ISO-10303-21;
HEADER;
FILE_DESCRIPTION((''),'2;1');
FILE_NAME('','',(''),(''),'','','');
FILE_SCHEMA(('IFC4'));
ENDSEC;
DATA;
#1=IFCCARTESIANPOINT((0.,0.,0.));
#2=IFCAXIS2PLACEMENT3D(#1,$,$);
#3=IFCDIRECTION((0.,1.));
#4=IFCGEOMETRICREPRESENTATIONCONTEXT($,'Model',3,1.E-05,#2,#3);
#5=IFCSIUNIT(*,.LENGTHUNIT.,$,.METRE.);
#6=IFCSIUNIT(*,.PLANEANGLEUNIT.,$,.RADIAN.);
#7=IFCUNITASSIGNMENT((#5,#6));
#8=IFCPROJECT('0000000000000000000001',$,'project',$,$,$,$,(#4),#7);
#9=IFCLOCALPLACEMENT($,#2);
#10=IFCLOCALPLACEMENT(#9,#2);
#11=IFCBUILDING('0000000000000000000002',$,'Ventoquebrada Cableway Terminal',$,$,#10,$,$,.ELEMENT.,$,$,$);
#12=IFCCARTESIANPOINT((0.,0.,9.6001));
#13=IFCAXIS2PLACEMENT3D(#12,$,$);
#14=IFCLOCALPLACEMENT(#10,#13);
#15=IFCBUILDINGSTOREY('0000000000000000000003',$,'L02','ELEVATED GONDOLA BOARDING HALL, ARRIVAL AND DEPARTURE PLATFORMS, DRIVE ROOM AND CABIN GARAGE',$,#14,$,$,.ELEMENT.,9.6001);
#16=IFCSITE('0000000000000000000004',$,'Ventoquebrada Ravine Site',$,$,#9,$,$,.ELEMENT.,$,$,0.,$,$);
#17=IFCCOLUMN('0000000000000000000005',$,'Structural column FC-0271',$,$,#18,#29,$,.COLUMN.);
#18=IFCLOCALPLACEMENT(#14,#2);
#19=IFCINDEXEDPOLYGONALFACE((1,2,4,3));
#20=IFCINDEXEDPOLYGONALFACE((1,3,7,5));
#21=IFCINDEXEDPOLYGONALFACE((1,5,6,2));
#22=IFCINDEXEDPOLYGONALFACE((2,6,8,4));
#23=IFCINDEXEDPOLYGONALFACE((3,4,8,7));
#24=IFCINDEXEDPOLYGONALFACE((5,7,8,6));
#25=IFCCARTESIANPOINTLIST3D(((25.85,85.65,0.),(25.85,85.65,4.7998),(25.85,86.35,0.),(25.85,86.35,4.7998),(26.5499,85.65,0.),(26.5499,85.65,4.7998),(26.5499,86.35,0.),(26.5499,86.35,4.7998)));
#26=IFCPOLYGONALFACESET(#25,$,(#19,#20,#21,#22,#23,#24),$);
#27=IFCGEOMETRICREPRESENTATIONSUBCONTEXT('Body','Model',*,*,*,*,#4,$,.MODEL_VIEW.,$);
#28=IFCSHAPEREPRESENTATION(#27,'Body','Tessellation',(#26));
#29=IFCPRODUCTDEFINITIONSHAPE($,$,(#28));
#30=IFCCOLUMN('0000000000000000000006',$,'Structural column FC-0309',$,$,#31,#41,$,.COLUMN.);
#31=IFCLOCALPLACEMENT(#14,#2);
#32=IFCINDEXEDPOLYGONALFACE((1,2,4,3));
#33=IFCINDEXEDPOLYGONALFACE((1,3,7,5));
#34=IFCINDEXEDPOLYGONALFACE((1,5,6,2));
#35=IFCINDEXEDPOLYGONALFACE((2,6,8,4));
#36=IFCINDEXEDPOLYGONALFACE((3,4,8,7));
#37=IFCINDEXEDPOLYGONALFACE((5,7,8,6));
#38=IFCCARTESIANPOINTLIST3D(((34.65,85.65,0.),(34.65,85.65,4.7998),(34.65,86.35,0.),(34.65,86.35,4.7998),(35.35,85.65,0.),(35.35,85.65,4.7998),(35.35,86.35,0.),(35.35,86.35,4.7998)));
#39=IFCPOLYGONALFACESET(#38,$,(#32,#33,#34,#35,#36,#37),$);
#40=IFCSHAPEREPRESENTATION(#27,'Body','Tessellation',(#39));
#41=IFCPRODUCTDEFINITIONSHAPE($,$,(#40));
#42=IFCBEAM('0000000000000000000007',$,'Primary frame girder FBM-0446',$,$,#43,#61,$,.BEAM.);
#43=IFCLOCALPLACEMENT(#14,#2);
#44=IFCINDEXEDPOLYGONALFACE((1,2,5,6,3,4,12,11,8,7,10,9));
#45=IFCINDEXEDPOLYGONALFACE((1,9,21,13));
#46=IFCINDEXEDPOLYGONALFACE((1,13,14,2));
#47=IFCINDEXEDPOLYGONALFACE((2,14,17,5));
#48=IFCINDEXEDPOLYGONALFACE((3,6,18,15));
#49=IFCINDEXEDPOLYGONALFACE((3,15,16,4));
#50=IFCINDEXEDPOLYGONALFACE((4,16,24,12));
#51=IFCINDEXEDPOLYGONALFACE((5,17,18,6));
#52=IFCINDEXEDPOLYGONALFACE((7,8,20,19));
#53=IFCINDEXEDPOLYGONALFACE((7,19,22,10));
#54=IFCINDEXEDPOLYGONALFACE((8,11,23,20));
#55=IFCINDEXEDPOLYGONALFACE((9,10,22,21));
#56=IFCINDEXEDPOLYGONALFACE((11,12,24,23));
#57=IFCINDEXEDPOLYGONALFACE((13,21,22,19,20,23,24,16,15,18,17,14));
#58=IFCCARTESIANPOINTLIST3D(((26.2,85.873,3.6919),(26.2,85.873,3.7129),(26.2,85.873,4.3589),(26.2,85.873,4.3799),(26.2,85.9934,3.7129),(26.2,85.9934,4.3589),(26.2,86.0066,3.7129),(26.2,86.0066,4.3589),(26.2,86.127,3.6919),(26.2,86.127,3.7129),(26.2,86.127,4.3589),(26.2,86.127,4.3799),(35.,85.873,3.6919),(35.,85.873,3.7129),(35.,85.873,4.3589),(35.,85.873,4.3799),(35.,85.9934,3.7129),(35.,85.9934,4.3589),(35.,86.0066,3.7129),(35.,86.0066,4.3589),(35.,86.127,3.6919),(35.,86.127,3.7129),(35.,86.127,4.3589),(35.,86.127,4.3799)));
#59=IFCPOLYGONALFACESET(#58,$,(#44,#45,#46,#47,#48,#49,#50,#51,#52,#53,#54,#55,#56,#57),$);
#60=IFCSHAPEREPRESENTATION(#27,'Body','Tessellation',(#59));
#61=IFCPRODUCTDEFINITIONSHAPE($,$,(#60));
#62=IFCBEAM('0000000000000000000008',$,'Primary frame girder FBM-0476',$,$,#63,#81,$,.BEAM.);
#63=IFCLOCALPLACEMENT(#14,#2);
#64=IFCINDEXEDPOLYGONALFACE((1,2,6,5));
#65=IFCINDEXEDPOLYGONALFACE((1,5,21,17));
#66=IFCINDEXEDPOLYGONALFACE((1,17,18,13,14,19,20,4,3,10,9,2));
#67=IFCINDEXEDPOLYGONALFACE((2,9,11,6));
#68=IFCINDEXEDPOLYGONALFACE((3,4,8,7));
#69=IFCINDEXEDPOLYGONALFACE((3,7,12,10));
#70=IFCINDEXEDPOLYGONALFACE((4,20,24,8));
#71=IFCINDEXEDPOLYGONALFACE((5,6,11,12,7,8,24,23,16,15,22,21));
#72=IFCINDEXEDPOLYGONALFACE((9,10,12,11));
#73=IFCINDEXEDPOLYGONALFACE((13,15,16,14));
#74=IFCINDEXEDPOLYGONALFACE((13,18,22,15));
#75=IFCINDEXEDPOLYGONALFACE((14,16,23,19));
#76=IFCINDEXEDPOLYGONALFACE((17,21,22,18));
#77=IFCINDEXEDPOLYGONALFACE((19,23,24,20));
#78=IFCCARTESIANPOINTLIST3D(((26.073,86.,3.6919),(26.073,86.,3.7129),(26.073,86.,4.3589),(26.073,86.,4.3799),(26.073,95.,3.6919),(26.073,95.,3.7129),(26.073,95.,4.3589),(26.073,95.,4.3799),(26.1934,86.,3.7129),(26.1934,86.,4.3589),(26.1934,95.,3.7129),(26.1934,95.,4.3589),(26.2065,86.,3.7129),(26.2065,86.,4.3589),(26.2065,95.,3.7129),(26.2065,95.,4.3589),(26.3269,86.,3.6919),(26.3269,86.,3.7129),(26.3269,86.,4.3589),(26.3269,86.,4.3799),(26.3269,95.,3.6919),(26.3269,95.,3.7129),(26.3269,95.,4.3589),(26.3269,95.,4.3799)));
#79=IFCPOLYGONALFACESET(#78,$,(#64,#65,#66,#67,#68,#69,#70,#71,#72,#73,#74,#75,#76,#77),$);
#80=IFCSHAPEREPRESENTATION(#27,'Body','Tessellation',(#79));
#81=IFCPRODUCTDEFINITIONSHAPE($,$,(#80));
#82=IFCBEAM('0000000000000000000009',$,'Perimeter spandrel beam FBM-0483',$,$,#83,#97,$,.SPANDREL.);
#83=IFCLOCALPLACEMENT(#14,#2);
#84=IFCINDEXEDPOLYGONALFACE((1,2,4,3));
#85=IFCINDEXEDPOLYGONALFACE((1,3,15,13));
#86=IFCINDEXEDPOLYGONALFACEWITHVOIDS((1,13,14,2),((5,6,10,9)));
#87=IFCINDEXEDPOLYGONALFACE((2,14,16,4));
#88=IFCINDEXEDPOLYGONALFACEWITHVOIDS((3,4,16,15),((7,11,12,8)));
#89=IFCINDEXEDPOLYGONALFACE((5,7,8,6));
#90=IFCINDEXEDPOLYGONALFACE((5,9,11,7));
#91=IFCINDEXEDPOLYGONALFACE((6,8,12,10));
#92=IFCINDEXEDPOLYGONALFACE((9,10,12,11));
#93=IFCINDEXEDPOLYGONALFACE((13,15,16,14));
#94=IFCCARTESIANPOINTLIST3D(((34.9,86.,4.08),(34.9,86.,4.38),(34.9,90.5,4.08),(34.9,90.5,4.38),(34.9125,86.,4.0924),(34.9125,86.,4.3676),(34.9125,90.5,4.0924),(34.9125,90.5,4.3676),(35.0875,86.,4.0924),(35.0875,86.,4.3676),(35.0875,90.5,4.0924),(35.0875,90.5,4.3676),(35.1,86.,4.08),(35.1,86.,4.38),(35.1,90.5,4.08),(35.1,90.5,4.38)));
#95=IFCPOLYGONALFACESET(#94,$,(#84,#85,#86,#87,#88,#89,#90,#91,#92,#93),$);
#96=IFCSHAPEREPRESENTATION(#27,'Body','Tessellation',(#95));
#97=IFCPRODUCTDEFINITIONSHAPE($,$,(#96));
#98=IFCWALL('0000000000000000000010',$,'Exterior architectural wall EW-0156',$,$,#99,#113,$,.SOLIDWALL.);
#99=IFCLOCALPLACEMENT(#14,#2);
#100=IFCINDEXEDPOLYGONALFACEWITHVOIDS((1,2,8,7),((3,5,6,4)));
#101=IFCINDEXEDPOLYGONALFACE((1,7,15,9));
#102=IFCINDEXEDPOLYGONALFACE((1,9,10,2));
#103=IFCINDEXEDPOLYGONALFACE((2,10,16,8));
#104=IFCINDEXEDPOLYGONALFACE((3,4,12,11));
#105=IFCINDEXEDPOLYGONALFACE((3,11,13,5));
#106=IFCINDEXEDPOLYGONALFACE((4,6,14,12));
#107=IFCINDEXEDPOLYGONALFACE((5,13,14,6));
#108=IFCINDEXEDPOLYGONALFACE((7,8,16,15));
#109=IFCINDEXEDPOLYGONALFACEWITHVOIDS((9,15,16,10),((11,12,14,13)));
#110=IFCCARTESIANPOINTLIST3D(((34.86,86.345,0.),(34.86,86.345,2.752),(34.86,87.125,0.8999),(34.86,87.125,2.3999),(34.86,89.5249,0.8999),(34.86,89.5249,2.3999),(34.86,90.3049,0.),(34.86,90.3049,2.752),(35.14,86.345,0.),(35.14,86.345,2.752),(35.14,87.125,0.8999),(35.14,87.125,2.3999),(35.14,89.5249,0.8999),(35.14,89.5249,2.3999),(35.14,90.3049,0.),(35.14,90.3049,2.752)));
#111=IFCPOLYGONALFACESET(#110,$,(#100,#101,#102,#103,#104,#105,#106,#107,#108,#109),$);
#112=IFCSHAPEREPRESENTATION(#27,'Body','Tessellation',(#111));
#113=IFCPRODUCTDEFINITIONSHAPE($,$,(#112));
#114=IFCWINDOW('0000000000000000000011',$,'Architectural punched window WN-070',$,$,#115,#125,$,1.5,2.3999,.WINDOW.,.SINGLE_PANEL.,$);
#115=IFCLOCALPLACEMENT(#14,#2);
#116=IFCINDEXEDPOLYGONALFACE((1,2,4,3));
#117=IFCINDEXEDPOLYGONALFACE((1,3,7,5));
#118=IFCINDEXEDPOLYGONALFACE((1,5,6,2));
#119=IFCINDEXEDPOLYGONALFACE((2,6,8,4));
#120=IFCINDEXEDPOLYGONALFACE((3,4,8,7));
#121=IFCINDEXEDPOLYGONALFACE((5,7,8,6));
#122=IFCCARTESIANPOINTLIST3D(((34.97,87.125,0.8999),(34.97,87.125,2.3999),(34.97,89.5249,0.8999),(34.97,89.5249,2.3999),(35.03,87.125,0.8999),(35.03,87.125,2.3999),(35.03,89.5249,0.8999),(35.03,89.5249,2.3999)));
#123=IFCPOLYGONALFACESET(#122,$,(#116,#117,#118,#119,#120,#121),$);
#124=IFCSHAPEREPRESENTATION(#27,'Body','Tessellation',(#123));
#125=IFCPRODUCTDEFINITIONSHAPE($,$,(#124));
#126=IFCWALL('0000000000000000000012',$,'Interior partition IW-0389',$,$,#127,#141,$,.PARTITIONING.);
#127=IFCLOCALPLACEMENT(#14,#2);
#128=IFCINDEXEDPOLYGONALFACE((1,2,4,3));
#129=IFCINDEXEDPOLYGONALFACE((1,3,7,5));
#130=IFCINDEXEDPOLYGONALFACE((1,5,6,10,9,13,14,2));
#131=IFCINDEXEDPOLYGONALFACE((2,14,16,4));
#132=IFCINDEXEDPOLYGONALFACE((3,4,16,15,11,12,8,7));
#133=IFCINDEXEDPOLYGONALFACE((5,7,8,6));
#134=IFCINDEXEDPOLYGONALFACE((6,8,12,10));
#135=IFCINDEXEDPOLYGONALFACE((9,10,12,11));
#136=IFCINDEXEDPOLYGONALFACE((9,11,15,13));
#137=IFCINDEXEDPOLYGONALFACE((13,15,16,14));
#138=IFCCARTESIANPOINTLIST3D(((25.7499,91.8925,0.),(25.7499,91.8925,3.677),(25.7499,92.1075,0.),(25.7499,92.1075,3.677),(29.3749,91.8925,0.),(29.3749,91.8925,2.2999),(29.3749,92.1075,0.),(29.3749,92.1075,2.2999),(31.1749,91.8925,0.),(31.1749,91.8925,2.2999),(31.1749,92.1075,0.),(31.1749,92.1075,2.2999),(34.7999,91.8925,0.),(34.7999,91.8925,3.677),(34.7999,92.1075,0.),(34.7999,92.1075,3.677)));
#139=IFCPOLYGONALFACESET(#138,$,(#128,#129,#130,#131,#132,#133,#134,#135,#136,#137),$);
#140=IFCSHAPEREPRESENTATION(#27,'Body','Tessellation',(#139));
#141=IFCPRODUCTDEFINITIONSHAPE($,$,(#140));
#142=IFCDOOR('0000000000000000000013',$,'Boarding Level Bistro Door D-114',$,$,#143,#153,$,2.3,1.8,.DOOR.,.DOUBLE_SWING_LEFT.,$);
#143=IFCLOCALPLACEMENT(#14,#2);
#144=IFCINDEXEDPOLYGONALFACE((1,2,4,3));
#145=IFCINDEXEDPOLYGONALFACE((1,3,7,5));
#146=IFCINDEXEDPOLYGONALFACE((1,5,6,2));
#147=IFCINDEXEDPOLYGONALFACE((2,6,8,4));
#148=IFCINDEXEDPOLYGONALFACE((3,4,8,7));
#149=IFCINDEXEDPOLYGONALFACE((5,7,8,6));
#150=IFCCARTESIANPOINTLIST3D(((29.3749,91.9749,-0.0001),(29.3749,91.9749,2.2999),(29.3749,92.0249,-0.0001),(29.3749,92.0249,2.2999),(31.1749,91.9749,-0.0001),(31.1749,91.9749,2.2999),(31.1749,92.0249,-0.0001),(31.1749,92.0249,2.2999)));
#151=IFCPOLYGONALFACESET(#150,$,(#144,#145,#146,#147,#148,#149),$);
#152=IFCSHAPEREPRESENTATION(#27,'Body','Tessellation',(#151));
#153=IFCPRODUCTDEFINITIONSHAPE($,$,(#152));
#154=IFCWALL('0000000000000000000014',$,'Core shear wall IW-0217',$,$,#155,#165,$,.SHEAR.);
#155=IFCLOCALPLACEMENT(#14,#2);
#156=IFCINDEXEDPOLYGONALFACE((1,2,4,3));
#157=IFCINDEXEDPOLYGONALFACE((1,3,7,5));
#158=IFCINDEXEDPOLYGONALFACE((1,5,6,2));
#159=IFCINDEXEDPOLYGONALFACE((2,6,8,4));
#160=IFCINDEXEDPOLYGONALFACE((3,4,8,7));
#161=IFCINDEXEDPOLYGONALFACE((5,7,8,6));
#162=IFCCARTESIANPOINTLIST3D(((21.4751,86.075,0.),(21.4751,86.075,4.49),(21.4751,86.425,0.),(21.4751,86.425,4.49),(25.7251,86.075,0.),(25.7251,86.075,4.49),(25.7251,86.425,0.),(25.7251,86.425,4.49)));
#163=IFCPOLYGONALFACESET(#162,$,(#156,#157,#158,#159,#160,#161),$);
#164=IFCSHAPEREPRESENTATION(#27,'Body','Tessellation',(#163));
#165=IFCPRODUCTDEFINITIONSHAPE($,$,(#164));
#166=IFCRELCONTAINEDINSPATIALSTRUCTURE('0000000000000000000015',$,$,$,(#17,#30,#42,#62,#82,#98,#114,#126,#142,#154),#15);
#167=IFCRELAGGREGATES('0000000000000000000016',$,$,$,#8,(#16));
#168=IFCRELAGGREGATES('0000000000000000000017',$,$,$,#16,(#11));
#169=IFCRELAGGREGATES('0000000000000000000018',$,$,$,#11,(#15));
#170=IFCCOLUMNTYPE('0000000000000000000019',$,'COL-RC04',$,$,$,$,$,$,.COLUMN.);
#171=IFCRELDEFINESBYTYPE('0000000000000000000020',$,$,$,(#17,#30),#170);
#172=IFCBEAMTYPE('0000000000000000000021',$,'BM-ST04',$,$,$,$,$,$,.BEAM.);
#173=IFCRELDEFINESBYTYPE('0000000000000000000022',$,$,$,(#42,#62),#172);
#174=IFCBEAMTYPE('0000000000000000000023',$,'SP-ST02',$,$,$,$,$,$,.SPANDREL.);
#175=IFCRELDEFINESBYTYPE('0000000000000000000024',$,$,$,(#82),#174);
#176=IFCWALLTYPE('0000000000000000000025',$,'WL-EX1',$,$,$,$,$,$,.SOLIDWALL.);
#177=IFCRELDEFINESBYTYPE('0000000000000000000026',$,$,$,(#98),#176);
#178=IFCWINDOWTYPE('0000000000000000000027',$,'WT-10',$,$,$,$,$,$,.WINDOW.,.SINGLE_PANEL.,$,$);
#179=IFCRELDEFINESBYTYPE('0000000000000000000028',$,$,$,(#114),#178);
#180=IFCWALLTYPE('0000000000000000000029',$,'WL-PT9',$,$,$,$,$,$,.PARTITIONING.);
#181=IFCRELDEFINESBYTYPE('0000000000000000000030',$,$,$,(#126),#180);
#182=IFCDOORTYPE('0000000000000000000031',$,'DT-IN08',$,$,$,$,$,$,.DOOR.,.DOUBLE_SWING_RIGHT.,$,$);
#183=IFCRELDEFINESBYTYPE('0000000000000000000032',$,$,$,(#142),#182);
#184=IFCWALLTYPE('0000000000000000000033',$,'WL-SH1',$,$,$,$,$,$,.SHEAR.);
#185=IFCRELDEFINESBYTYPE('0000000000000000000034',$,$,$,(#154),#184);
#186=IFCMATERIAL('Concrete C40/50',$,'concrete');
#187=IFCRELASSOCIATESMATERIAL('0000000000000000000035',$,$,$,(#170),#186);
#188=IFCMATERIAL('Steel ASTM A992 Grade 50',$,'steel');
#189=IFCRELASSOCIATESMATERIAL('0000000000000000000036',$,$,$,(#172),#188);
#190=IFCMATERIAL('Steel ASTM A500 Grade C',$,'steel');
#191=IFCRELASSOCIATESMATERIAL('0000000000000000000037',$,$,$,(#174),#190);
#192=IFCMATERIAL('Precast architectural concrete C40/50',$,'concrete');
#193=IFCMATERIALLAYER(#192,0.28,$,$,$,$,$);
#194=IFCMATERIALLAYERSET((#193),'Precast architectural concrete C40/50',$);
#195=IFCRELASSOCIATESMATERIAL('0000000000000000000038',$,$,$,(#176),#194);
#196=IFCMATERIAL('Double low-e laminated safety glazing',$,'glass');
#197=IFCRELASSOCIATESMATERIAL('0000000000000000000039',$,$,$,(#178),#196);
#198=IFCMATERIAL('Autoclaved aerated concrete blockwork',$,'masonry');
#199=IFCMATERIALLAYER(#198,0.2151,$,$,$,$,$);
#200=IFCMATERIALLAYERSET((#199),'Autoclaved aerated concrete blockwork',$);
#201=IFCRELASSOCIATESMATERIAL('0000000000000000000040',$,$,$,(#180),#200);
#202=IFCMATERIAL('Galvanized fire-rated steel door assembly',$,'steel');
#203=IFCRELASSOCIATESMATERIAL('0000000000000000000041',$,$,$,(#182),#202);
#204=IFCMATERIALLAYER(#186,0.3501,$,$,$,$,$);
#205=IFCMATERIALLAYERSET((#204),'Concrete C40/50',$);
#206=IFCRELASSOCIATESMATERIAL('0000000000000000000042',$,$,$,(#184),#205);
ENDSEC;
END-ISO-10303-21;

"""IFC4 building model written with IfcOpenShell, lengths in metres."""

from ifc_helpers import new_model, si_unit, direction, frame, frame_2d, origin, origin_2d, place, context, subcontext, project, spatial, rectangle, hollow_rectangle, i_section, extrude, material, layer, layer_set, material_profile, profile_set, type_object, element, fill, save


model = new_model("IFC4")

# Units and contexts
model_context = context("Model", 3, precision=1e-05, world=origin(), true_north=direction((0.0, 1.0)))
body_context = subcontext(model_context, "Body", "Model", "MODEL_VIEW")
ifc_project = project(units=[si_unit("LENGTHUNIT", "METRE"), si_unit("PLANEANGLEUNIT", "RADIAN")], contexts=[model_context])

# Site, building, storey
site_placement = place(None, origin())
site = spatial("IfcSite", under=ifc_project, at=site_placement, Name="Ventoquebrada Ravine Site", CompositionType="ELEMENT", RefElevation=0.0)
building_placement = place(site_placement, origin())
building = spatial("IfcBuilding", under=site, at=building_placement, Name="Ventoquebrada Cableway Terminal", CompositionType="ELEMENT")
storey_placement = place(building_placement, frame((0.0, 0.0, 9.6001)))
storey = spatial("IfcBuildingStorey", under=building, at=storey_placement, Name="L02", Description="ELEVATED GONDOLA BOARDING HALL, ARRIVAL AND DEPARTURE PLATFORMS, DRIVE ROOM AND CABIN GARAGE", CompositionType="ELEMENT", Elevation=9.6001)

# Columns
ifc_material_1 = material(Name="Concrete C40/50", Category="concrete")
ifc_material_profile_1 = material_profile(ifc_material_1, rectangle(XDim=0.7, YDim=0.7, at=origin_2d()), Name="RC-COL-700X700")
ifc_profile_set_1 = profile_set([ifc_material_profile_1], Name="Concrete C40/50")
column_type = type_object("IfcColumnType", Name="COL-RC04", PredefinedType="COLUMN", material=ifc_profile_set_1)
for number, where, z_axis, x_axis, name in (
    (1, (26.2, 86.0, 0.0), (0.0, 0.0, 1.0), (1.0, 0.0, 0.0), "Structural column FC-0271"),
    (2, (35.0, 86.0, 0.0), (0.0, 0.0, 1.0), (1.0, 0.0, 0.0), "Structural column FC-0309"),
):
    element("IfcColumn", number, at=place(storey_placement, frame(where, z_axis=z_axis, x_axis=x_axis)), inside=storey, type_object=column_type, Name=name, PredefinedType="COLUMN", context=body_context, shape_type="SweptSolid", body=[
        extrude(rectangle(XDim=0.7, YDim=0.7, at=origin_2d()), origin(), (0.0, 0.0, 1.0), 4.7998),
    ])

# Beams
ifc_material_2 = material(Name="Steel ASTM A992 Grade 50", Category="steel")
ifc_material_profile_2 = material_profile(ifc_material_2, i_section(OverallWidth=0.2539, OverallDepth=0.688, WebThickness=0.0132, FlangeThickness=0.021, at=origin_2d()), Name="W27X102")
ifc_profile_set_2 = profile_set([ifc_material_profile_2], Name="Steel ASTM A992 Grade 50")
beam_type_1 = type_object("IfcBeamType", Name="BM-ST04", PredefinedType="BEAM", material=ifc_profile_set_2)
beam_1_placement = place(storey_placement, frame((26.2, 86.0, 4.0359), z_axis=(1.0, 0.0, 0.0), x_axis=(0.0, 1.0, 0.0)))
element("IfcBeam", 3, at=beam_1_placement, inside=storey, type_object=beam_type_1, Name="Primary frame girder FBM-0446", PredefinedType="BEAM", context=body_context, shape_type="SweptSolid", body=[
    extrude(i_section(OverallWidth=0.2539, OverallDepth=0.688, WebThickness=0.0132, FlangeThickness=0.021, at=origin_2d()), origin(), (0.0, 0.0, 1.0), 8.8),
])
beam_2_placement = place(storey_placement, frame((26.2, 86.0, 4.0359), z_axis=(0.0, 1.0, 0.0), x_axis=(-1.0, 0.0, 0.0)))
element("IfcBeam", 4, at=beam_2_placement, inside=storey, type_object=beam_type_1, Name="Primary frame girder FBM-0476", PredefinedType="BEAM", context=body_context, shape_type="SweptSolid", body=[
    extrude(i_section(OverallWidth=0.2539, OverallDepth=0.688, WebThickness=0.0132, FlangeThickness=0.021, at=origin_2d()), origin(), (0.0, 0.0, 1.0), 9.0),
])
ifc_material_3 = material(Name="Steel ASTM A500 Grade C", Category="steel")
ifc_material_profile_3 = material_profile(ifc_material_3, hollow_rectangle(XDim=0.2, YDim=0.3, WallThickness=0.0125, at=origin_2d()), Name="RHS300X200X12.5")
ifc_profile_set_3 = profile_set([ifc_material_profile_3], Name="Steel ASTM A500 Grade C")
beam_type_2 = type_object("IfcBeamType", Name="SP-ST02", PredefinedType="SPANDREL", material=ifc_profile_set_3)
beam_3_placement = place(storey_placement, frame((35.0, 86.0, 4.23), z_axis=(0.0, 1.0, 0.0), x_axis=(-1.0, 0.0, 0.0)))
element("IfcBeam", 5, at=beam_3_placement, inside=storey, type_object=beam_type_2, Name="Perimeter spandrel beam FBM-0483", PredefinedType="SPANDREL", context=body_context, shape_type="SweptSolid", body=[
    extrude(hollow_rectangle(XDim=0.2, YDim=0.3, WallThickness=0.0125, at=origin_2d()), origin(), (0.0, 0.0, 1.0), 4.5),
])

# Wall, opening, window
ifc_material_4 = material(Name="Precast architectural concrete C40/50", Category="concrete")
ifc_layer_1 = layer(ifc_material_4, 0.28)
ifc_layer_set_1 = layer_set([ifc_layer_1], Name="Precast architectural concrete C40/50")
wall_type_1 = type_object("IfcWallType", Name="WL-EX1", PredefinedType="SOLIDWALL", material=ifc_layer_set_1)
wall_1_placement = place(storey_placement, frame((35.0, 86.345, 0.0), z_axis=(0.0, 0.0, 1.0), x_axis=(0.0, 1.0, 0.0)))
wall_1 = element("IfcWall", 6, at=wall_1_placement, inside=storey, type_object=wall_type_1, Name="Exterior architectural wall EW-0156", PredefinedType="SOLIDWALL", context=body_context, shape_type="SweptSolid", body=[
    extrude(rectangle(XDim=3.96, YDim=0.28, at=frame_2d((1.98, 0.0))), origin(), (0.0, 0.0, 1.0), 2.752),
])
opening_1_placement = place(wall_1_placement, frame((0.78, 0.0, 0.8999)))
opening_1 = element("IfcOpeningElement", 7, at=opening_1_placement, cuts=wall_1, PredefinedType="OPENING", context=body_context, shape_type="SweptSolid", body=[
    extrude(rectangle(XDim=2.3999, YDim=1.5, at=frame_2d((1.2, 0.75))), frame((0.0, 0.1499, 0.0), z_axis=(0.0, -1.0, 0.0), x_axis=(1.0, 0.0, 0.0)), (0.0, 0.0, 1.0), 0.3),
])
ifc_material_5 = material(Name="Double low-e laminated safety glazing", Category="glass")
window_type = type_object("IfcWindowType", Name="WT-10", PartitioningType="SINGLE_PANEL", PredefinedType="WINDOW", material=ifc_material_5)
window_placement = place(opening_1_placement, origin())
window = element("IfcWindow", 8, at=window_placement, inside=storey, type_object=window_type, Name="Architectural punched window WN-070", OverallHeight=1.5, OverallWidth=2.3999, PartitioningType="SINGLE_PANEL", PredefinedType="WINDOW", context=body_context, shape_type="SweptSolid", body=[
    extrude(rectangle(XDim=2.3999, YDim=1.5, at=frame_2d((1.2, 0.75))), frame((0.0, 0.03, 0.0), z_axis=(0.0, -1.0, 0.0), x_axis=(1.0, 0.0, 0.0)), (0.0, 0.0, 1.0), 0.0601),
])
fill(opening_1, window)

# Wall, opening, door
ifc_material_6 = material(Name="Autoclaved aerated concrete blockwork", Category="masonry")
ifc_layer_2 = layer(ifc_material_6, 0.2151)
ifc_layer_set_2 = layer_set([ifc_layer_2], Name="Autoclaved aerated concrete blockwork")
wall_type_2 = type_object("IfcWallType", Name="WL-PT9", PredefinedType="PARTITIONING", material=ifc_layer_set_2)
wall_2_placement = place(storey_placement, frame((25.75, 92.0, 0.0), z_axis=(0.0, 0.0, 1.0), x_axis=(1.0, 0.0, 0.0)))
wall_2 = element("IfcWall", 9, at=wall_2_placement, inside=storey, type_object=wall_type_2, Name="Interior partition IW-0389", PredefinedType="PARTITIONING", context=body_context, shape_type="SweptSolid", body=[
    extrude(rectangle(XDim=9.05, YDim=0.2151, at=frame_2d((4.5249, 0.0))), origin(), (0.0, 0.0, 1.0), 3.677),
])
opening_2_placement = place(wall_2_placement, frame((3.625, 0.0, 0.0)))
opening_2 = element("IfcOpeningElement", 10, at=opening_2_placement, cuts=wall_2, PredefinedType="OPENING", context=body_context, shape_type="SweptSolid", body=[
    extrude(rectangle(XDim=1.8, YDim=2.3, at=frame_2d((0.8999, 1.1499))), frame((0.0, 0.1174, 0.0), z_axis=(0.0, -1.0, 0.0), x_axis=(1.0, 0.0, 0.0)), (0.0, 0.0, 1.0), 0.2351),
])
ifc_material_7 = material(Name="Galvanized fire-rated steel door assembly", Category="steel")
door_type_1 = type_object("IfcDoorType", Name="DT-IN08", OperationType="DOUBLE_SWING_RIGHT", PredefinedType="DOOR", material=ifc_material_7)
door_1_placement = place(opening_2_placement, origin())
door_1 = element("IfcDoor", 11, at=door_1_placement, inside=storey, type_object=door_type_1, Name="Boarding Level Bistro Door D-114", OperationType="DOUBLE_SWING_LEFT", OverallHeight=2.3, OverallWidth=1.8, PredefinedType="DOOR", context=body_context, shape_type="SweptSolid", body=[
    extrude(rectangle(XDim=1.8, YDim=2.3, at=frame_2d((0.8999, 1.1499))), frame((0.0, 0.0249, 0.0), z_axis=(0.0, -1.0, 0.0), x_axis=(1.0, 0.0, 0.0)), (0.0, 0.0, 1.0), 0.05),
])
fill(opening_2, door_1)

# Wall
ifc_layer_3 = layer(ifc_material_1, 0.3501)
ifc_layer_set_3 = layer_set([ifc_layer_3], Name="Concrete C40/50")
wall_type_3 = type_object("IfcWallType", Name="WL-SH1", PredefinedType="SHEAR", material=ifc_layer_set_3)
wall_3_placement = place(storey_placement, frame((21.4751, 86.25, 0.0), z_axis=(0.0, 0.0, 1.0), x_axis=(1.0, 0.0, 0.0)))
element("IfcWall", 12, at=wall_3_placement, inside=storey, type_object=wall_type_3, Name="Core shear wall IW-0217", PredefinedType="SHEAR", context=body_context, shape_type="SweptSolid", body=[
    extrude(rectangle(XDim=4.25, YDim=0.3501, at=frame_2d((2.125, 0.0))), origin(), (0.0, 0.0, 1.0), 4.49),
])

save(model, "model.ifc")
